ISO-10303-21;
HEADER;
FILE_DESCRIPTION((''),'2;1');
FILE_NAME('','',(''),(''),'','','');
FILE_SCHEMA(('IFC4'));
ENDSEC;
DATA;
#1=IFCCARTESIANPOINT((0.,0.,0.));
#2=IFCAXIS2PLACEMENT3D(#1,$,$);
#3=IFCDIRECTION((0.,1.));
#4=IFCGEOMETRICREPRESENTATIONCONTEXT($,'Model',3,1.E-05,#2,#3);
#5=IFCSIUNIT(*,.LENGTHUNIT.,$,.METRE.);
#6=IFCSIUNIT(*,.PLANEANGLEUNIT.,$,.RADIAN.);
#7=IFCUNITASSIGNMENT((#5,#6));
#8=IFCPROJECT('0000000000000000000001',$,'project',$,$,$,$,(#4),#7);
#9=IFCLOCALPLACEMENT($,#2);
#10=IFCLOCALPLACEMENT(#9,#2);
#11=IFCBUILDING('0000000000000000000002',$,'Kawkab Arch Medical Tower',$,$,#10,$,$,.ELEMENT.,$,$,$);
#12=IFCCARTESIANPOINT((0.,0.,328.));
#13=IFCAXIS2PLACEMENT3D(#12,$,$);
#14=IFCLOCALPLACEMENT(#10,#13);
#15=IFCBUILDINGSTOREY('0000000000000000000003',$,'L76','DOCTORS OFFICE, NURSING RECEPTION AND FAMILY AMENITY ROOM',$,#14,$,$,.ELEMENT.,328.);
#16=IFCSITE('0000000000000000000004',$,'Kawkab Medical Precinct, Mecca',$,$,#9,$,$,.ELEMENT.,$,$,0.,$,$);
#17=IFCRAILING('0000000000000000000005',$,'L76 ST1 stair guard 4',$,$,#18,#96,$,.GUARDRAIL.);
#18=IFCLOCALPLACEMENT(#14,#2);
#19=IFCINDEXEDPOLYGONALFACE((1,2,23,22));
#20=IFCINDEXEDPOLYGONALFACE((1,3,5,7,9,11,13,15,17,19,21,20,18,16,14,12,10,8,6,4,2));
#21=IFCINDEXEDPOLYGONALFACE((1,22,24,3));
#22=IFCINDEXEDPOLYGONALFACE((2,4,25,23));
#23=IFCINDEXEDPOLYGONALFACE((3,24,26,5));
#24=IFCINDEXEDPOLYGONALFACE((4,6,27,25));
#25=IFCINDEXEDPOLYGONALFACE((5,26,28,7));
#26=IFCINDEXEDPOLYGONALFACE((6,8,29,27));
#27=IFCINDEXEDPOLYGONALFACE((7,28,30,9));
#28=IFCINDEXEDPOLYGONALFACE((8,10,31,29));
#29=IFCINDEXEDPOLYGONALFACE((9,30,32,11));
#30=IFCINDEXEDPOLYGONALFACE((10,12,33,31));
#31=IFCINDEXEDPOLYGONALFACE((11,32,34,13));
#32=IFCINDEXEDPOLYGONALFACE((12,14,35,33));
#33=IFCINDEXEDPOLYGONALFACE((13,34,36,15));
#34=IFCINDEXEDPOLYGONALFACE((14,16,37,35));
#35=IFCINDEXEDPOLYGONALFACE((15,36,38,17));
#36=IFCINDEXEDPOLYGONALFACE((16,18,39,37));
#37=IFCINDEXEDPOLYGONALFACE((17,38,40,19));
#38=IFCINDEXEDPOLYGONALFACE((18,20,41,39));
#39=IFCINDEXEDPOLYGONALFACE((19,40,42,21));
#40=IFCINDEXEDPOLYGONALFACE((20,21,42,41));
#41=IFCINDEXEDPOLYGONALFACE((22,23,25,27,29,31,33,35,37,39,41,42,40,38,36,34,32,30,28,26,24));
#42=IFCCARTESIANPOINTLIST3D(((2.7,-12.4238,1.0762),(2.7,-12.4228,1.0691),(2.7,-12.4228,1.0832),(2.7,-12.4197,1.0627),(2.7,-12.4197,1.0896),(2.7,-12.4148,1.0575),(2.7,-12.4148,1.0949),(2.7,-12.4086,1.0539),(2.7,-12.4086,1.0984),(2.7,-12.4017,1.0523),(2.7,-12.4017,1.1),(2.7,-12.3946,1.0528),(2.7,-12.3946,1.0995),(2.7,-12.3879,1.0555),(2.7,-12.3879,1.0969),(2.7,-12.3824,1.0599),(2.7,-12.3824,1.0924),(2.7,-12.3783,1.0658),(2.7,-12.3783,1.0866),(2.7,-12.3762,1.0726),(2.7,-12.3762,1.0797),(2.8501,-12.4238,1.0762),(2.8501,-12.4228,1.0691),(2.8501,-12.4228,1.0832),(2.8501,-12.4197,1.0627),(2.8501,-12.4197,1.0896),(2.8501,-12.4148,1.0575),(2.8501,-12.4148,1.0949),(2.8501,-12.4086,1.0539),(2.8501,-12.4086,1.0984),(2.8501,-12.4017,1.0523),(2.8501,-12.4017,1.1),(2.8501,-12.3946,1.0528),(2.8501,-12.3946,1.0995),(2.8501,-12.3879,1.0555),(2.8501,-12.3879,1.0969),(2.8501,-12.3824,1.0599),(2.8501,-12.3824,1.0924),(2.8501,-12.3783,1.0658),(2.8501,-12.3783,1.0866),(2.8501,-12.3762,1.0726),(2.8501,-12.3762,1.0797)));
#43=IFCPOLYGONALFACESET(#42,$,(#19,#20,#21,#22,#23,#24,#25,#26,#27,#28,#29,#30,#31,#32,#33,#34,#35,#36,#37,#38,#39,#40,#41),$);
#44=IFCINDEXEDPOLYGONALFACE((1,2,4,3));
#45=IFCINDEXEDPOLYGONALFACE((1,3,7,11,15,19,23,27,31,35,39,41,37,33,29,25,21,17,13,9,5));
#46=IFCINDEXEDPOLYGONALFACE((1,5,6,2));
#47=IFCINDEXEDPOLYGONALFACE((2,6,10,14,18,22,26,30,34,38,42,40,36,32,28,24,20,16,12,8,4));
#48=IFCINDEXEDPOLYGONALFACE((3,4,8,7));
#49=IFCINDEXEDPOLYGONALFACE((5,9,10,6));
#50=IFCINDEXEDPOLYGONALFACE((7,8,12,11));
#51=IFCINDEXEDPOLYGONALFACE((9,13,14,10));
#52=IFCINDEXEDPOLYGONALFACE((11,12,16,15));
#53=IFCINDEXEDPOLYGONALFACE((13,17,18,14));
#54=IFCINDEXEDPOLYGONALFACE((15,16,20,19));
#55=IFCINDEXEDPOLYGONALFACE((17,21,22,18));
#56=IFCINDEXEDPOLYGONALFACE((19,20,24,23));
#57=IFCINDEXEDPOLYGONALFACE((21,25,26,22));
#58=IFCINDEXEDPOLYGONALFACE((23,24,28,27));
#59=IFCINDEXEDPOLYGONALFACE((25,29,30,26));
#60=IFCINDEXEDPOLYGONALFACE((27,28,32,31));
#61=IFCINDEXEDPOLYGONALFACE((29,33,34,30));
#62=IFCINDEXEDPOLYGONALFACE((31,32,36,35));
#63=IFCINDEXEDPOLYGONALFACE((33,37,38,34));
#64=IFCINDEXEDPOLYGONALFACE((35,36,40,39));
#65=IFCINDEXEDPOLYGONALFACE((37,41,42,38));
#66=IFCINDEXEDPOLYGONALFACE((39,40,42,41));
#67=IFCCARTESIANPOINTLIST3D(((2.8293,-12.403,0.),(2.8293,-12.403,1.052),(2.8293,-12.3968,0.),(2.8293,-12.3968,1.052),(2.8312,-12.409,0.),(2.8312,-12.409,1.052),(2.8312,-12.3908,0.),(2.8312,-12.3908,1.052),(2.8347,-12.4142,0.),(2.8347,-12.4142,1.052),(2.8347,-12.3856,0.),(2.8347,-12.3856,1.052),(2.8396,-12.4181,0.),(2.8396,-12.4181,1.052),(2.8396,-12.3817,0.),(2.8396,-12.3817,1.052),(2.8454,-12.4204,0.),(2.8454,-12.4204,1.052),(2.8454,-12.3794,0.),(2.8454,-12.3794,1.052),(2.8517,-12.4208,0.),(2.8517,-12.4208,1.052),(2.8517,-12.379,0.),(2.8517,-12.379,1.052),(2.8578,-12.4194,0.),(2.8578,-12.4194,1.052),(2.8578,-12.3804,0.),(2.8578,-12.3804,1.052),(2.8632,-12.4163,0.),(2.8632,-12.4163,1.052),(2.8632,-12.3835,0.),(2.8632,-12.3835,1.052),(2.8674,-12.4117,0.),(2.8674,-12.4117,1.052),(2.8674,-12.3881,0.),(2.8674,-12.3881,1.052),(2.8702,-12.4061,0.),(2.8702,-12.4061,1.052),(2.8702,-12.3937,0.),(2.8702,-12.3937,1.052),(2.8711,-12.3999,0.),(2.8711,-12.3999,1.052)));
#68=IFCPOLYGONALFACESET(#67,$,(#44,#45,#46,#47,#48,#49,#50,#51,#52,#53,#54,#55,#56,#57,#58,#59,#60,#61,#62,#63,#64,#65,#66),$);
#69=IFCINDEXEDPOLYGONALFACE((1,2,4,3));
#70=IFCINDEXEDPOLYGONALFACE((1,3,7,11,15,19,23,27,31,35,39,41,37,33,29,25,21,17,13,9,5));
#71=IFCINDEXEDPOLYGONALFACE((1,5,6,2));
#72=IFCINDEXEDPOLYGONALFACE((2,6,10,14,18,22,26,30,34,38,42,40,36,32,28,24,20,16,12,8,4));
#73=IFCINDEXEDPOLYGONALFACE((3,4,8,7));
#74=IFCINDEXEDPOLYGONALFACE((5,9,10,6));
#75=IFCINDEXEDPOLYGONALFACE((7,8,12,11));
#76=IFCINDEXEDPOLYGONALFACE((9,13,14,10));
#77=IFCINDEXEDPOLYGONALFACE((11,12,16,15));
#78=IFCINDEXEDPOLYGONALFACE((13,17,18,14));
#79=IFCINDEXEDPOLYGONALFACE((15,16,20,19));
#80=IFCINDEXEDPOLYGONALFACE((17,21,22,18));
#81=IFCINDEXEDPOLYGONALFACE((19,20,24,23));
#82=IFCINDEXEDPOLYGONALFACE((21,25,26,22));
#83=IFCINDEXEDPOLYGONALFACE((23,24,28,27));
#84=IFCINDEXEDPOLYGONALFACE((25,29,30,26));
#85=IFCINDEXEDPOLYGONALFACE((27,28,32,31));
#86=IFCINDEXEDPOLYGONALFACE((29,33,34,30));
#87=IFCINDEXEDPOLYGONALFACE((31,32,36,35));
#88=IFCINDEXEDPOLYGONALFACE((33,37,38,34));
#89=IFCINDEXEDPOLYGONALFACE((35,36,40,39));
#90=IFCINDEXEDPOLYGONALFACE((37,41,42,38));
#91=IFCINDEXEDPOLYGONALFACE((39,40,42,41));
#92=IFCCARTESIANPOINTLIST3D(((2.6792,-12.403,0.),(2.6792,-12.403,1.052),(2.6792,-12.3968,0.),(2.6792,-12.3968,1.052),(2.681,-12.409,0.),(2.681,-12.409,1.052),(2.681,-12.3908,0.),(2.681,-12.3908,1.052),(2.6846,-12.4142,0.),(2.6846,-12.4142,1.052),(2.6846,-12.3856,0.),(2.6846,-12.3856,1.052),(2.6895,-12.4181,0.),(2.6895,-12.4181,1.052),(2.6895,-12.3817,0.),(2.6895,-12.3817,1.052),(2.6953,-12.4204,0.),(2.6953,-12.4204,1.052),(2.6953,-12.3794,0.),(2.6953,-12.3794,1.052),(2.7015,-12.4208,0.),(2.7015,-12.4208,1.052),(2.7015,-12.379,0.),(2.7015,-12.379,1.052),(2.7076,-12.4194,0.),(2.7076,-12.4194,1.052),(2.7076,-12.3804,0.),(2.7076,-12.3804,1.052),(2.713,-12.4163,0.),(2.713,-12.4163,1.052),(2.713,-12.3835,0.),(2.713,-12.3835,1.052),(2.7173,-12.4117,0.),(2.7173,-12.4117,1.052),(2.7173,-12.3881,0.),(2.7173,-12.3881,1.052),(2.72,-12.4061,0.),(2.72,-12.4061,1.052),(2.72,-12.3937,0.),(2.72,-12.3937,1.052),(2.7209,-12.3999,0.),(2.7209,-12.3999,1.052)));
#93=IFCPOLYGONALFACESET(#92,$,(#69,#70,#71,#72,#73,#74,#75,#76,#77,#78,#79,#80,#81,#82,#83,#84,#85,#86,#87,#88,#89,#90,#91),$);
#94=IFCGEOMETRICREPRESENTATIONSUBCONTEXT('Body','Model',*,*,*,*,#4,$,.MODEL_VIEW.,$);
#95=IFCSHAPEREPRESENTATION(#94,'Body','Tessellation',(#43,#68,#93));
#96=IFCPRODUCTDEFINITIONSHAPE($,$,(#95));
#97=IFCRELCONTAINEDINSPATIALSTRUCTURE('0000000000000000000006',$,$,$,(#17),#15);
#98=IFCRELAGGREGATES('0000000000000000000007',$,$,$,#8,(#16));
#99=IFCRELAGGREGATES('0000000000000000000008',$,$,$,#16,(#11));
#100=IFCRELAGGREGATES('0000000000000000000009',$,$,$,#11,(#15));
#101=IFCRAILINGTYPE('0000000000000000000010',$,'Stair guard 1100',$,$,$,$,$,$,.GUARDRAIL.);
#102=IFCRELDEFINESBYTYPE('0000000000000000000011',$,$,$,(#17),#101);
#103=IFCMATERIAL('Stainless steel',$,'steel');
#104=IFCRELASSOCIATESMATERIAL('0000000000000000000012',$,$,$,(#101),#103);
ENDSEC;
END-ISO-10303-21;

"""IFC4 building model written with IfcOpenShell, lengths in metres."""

from ifc_helpers import new_model, si_unit, direction, frame, origin, origin_2d, place, context, subcontext, project, spatial, circle, extrude, material, type_object, element, save


model = new_model("IFC4")

# Units and contexts
model_context = context("Model", 3, precision=1e-05, world=origin(), true_north=direction((0.0, 1.0)))
body_context = subcontext(model_context, "Body", "Model", "MODEL_VIEW")
ifc_project = project(units=[si_unit("LENGTHUNIT", "METRE"), si_unit("PLANEANGLEUNIT", "RADIAN")], contexts=[model_context])

# Site, building, storey
site_placement = place(None, origin())
site = spatial("IfcSite", under=ifc_project, at=site_placement, Name="Kawkab Medical Precinct, Mecca", CompositionType="ELEMENT", RefElevation=0.0)
building_placement = place(site_placement, origin())
building = spatial("IfcBuilding", under=site, at=building_placement, Name="Kawkab Arch Medical Tower", CompositionType="ELEMENT")
storey_placement = place(building_placement, frame((0.0, 0.0, 328.0)))
storey = spatial("IfcBuildingStorey", under=building, at=storey_placement, Name="L76", Description="DOCTORS OFFICE, NURSING RECEPTION AND FAMILY AMENITY ROOM", CompositionType="ELEMENT", Elevation=328.0)

# Railing
ifc_material_1 = material(Name="Stainless steel", Category="steel")
railing_type = type_object("IfcRailingType", Name="Stair guard 1100", PredefinedType="GUARDRAIL", material=ifc_material_1)
railing_1_placement = place(storey_placement, frame((2.8501, -12.3999, 0.0)))
element("IfcRailing", 1, at=railing_1_placement, inside=storey, type_object=railing_type, Name="L76 ST1 stair guard 4", PredefinedType="GUARDRAIL", context=body_context, shape_type="SweptSolid", body=[
    extrude(circle(Radius=0.0239, at=origin_2d()), frame((0.0, 0.0, 1.0762), z_axis=(-1.0, 0.0, 0.0), x_axis=(0.0, -1.0, 0.0)), (0.0, 0.0, 1.0), 0.1501),
    extrude(circle(Radius=0.021, at=origin_2d()), origin(), (0.0, 0.0, 1.0), 1.052),
    extrude(circle(Radius=0.021, at=origin_2d()), frame((-0.1501, 0.0, 0.0)), (0.0, 0.0, 1.0), 1.052),
])

save(model, "model.ifc")
